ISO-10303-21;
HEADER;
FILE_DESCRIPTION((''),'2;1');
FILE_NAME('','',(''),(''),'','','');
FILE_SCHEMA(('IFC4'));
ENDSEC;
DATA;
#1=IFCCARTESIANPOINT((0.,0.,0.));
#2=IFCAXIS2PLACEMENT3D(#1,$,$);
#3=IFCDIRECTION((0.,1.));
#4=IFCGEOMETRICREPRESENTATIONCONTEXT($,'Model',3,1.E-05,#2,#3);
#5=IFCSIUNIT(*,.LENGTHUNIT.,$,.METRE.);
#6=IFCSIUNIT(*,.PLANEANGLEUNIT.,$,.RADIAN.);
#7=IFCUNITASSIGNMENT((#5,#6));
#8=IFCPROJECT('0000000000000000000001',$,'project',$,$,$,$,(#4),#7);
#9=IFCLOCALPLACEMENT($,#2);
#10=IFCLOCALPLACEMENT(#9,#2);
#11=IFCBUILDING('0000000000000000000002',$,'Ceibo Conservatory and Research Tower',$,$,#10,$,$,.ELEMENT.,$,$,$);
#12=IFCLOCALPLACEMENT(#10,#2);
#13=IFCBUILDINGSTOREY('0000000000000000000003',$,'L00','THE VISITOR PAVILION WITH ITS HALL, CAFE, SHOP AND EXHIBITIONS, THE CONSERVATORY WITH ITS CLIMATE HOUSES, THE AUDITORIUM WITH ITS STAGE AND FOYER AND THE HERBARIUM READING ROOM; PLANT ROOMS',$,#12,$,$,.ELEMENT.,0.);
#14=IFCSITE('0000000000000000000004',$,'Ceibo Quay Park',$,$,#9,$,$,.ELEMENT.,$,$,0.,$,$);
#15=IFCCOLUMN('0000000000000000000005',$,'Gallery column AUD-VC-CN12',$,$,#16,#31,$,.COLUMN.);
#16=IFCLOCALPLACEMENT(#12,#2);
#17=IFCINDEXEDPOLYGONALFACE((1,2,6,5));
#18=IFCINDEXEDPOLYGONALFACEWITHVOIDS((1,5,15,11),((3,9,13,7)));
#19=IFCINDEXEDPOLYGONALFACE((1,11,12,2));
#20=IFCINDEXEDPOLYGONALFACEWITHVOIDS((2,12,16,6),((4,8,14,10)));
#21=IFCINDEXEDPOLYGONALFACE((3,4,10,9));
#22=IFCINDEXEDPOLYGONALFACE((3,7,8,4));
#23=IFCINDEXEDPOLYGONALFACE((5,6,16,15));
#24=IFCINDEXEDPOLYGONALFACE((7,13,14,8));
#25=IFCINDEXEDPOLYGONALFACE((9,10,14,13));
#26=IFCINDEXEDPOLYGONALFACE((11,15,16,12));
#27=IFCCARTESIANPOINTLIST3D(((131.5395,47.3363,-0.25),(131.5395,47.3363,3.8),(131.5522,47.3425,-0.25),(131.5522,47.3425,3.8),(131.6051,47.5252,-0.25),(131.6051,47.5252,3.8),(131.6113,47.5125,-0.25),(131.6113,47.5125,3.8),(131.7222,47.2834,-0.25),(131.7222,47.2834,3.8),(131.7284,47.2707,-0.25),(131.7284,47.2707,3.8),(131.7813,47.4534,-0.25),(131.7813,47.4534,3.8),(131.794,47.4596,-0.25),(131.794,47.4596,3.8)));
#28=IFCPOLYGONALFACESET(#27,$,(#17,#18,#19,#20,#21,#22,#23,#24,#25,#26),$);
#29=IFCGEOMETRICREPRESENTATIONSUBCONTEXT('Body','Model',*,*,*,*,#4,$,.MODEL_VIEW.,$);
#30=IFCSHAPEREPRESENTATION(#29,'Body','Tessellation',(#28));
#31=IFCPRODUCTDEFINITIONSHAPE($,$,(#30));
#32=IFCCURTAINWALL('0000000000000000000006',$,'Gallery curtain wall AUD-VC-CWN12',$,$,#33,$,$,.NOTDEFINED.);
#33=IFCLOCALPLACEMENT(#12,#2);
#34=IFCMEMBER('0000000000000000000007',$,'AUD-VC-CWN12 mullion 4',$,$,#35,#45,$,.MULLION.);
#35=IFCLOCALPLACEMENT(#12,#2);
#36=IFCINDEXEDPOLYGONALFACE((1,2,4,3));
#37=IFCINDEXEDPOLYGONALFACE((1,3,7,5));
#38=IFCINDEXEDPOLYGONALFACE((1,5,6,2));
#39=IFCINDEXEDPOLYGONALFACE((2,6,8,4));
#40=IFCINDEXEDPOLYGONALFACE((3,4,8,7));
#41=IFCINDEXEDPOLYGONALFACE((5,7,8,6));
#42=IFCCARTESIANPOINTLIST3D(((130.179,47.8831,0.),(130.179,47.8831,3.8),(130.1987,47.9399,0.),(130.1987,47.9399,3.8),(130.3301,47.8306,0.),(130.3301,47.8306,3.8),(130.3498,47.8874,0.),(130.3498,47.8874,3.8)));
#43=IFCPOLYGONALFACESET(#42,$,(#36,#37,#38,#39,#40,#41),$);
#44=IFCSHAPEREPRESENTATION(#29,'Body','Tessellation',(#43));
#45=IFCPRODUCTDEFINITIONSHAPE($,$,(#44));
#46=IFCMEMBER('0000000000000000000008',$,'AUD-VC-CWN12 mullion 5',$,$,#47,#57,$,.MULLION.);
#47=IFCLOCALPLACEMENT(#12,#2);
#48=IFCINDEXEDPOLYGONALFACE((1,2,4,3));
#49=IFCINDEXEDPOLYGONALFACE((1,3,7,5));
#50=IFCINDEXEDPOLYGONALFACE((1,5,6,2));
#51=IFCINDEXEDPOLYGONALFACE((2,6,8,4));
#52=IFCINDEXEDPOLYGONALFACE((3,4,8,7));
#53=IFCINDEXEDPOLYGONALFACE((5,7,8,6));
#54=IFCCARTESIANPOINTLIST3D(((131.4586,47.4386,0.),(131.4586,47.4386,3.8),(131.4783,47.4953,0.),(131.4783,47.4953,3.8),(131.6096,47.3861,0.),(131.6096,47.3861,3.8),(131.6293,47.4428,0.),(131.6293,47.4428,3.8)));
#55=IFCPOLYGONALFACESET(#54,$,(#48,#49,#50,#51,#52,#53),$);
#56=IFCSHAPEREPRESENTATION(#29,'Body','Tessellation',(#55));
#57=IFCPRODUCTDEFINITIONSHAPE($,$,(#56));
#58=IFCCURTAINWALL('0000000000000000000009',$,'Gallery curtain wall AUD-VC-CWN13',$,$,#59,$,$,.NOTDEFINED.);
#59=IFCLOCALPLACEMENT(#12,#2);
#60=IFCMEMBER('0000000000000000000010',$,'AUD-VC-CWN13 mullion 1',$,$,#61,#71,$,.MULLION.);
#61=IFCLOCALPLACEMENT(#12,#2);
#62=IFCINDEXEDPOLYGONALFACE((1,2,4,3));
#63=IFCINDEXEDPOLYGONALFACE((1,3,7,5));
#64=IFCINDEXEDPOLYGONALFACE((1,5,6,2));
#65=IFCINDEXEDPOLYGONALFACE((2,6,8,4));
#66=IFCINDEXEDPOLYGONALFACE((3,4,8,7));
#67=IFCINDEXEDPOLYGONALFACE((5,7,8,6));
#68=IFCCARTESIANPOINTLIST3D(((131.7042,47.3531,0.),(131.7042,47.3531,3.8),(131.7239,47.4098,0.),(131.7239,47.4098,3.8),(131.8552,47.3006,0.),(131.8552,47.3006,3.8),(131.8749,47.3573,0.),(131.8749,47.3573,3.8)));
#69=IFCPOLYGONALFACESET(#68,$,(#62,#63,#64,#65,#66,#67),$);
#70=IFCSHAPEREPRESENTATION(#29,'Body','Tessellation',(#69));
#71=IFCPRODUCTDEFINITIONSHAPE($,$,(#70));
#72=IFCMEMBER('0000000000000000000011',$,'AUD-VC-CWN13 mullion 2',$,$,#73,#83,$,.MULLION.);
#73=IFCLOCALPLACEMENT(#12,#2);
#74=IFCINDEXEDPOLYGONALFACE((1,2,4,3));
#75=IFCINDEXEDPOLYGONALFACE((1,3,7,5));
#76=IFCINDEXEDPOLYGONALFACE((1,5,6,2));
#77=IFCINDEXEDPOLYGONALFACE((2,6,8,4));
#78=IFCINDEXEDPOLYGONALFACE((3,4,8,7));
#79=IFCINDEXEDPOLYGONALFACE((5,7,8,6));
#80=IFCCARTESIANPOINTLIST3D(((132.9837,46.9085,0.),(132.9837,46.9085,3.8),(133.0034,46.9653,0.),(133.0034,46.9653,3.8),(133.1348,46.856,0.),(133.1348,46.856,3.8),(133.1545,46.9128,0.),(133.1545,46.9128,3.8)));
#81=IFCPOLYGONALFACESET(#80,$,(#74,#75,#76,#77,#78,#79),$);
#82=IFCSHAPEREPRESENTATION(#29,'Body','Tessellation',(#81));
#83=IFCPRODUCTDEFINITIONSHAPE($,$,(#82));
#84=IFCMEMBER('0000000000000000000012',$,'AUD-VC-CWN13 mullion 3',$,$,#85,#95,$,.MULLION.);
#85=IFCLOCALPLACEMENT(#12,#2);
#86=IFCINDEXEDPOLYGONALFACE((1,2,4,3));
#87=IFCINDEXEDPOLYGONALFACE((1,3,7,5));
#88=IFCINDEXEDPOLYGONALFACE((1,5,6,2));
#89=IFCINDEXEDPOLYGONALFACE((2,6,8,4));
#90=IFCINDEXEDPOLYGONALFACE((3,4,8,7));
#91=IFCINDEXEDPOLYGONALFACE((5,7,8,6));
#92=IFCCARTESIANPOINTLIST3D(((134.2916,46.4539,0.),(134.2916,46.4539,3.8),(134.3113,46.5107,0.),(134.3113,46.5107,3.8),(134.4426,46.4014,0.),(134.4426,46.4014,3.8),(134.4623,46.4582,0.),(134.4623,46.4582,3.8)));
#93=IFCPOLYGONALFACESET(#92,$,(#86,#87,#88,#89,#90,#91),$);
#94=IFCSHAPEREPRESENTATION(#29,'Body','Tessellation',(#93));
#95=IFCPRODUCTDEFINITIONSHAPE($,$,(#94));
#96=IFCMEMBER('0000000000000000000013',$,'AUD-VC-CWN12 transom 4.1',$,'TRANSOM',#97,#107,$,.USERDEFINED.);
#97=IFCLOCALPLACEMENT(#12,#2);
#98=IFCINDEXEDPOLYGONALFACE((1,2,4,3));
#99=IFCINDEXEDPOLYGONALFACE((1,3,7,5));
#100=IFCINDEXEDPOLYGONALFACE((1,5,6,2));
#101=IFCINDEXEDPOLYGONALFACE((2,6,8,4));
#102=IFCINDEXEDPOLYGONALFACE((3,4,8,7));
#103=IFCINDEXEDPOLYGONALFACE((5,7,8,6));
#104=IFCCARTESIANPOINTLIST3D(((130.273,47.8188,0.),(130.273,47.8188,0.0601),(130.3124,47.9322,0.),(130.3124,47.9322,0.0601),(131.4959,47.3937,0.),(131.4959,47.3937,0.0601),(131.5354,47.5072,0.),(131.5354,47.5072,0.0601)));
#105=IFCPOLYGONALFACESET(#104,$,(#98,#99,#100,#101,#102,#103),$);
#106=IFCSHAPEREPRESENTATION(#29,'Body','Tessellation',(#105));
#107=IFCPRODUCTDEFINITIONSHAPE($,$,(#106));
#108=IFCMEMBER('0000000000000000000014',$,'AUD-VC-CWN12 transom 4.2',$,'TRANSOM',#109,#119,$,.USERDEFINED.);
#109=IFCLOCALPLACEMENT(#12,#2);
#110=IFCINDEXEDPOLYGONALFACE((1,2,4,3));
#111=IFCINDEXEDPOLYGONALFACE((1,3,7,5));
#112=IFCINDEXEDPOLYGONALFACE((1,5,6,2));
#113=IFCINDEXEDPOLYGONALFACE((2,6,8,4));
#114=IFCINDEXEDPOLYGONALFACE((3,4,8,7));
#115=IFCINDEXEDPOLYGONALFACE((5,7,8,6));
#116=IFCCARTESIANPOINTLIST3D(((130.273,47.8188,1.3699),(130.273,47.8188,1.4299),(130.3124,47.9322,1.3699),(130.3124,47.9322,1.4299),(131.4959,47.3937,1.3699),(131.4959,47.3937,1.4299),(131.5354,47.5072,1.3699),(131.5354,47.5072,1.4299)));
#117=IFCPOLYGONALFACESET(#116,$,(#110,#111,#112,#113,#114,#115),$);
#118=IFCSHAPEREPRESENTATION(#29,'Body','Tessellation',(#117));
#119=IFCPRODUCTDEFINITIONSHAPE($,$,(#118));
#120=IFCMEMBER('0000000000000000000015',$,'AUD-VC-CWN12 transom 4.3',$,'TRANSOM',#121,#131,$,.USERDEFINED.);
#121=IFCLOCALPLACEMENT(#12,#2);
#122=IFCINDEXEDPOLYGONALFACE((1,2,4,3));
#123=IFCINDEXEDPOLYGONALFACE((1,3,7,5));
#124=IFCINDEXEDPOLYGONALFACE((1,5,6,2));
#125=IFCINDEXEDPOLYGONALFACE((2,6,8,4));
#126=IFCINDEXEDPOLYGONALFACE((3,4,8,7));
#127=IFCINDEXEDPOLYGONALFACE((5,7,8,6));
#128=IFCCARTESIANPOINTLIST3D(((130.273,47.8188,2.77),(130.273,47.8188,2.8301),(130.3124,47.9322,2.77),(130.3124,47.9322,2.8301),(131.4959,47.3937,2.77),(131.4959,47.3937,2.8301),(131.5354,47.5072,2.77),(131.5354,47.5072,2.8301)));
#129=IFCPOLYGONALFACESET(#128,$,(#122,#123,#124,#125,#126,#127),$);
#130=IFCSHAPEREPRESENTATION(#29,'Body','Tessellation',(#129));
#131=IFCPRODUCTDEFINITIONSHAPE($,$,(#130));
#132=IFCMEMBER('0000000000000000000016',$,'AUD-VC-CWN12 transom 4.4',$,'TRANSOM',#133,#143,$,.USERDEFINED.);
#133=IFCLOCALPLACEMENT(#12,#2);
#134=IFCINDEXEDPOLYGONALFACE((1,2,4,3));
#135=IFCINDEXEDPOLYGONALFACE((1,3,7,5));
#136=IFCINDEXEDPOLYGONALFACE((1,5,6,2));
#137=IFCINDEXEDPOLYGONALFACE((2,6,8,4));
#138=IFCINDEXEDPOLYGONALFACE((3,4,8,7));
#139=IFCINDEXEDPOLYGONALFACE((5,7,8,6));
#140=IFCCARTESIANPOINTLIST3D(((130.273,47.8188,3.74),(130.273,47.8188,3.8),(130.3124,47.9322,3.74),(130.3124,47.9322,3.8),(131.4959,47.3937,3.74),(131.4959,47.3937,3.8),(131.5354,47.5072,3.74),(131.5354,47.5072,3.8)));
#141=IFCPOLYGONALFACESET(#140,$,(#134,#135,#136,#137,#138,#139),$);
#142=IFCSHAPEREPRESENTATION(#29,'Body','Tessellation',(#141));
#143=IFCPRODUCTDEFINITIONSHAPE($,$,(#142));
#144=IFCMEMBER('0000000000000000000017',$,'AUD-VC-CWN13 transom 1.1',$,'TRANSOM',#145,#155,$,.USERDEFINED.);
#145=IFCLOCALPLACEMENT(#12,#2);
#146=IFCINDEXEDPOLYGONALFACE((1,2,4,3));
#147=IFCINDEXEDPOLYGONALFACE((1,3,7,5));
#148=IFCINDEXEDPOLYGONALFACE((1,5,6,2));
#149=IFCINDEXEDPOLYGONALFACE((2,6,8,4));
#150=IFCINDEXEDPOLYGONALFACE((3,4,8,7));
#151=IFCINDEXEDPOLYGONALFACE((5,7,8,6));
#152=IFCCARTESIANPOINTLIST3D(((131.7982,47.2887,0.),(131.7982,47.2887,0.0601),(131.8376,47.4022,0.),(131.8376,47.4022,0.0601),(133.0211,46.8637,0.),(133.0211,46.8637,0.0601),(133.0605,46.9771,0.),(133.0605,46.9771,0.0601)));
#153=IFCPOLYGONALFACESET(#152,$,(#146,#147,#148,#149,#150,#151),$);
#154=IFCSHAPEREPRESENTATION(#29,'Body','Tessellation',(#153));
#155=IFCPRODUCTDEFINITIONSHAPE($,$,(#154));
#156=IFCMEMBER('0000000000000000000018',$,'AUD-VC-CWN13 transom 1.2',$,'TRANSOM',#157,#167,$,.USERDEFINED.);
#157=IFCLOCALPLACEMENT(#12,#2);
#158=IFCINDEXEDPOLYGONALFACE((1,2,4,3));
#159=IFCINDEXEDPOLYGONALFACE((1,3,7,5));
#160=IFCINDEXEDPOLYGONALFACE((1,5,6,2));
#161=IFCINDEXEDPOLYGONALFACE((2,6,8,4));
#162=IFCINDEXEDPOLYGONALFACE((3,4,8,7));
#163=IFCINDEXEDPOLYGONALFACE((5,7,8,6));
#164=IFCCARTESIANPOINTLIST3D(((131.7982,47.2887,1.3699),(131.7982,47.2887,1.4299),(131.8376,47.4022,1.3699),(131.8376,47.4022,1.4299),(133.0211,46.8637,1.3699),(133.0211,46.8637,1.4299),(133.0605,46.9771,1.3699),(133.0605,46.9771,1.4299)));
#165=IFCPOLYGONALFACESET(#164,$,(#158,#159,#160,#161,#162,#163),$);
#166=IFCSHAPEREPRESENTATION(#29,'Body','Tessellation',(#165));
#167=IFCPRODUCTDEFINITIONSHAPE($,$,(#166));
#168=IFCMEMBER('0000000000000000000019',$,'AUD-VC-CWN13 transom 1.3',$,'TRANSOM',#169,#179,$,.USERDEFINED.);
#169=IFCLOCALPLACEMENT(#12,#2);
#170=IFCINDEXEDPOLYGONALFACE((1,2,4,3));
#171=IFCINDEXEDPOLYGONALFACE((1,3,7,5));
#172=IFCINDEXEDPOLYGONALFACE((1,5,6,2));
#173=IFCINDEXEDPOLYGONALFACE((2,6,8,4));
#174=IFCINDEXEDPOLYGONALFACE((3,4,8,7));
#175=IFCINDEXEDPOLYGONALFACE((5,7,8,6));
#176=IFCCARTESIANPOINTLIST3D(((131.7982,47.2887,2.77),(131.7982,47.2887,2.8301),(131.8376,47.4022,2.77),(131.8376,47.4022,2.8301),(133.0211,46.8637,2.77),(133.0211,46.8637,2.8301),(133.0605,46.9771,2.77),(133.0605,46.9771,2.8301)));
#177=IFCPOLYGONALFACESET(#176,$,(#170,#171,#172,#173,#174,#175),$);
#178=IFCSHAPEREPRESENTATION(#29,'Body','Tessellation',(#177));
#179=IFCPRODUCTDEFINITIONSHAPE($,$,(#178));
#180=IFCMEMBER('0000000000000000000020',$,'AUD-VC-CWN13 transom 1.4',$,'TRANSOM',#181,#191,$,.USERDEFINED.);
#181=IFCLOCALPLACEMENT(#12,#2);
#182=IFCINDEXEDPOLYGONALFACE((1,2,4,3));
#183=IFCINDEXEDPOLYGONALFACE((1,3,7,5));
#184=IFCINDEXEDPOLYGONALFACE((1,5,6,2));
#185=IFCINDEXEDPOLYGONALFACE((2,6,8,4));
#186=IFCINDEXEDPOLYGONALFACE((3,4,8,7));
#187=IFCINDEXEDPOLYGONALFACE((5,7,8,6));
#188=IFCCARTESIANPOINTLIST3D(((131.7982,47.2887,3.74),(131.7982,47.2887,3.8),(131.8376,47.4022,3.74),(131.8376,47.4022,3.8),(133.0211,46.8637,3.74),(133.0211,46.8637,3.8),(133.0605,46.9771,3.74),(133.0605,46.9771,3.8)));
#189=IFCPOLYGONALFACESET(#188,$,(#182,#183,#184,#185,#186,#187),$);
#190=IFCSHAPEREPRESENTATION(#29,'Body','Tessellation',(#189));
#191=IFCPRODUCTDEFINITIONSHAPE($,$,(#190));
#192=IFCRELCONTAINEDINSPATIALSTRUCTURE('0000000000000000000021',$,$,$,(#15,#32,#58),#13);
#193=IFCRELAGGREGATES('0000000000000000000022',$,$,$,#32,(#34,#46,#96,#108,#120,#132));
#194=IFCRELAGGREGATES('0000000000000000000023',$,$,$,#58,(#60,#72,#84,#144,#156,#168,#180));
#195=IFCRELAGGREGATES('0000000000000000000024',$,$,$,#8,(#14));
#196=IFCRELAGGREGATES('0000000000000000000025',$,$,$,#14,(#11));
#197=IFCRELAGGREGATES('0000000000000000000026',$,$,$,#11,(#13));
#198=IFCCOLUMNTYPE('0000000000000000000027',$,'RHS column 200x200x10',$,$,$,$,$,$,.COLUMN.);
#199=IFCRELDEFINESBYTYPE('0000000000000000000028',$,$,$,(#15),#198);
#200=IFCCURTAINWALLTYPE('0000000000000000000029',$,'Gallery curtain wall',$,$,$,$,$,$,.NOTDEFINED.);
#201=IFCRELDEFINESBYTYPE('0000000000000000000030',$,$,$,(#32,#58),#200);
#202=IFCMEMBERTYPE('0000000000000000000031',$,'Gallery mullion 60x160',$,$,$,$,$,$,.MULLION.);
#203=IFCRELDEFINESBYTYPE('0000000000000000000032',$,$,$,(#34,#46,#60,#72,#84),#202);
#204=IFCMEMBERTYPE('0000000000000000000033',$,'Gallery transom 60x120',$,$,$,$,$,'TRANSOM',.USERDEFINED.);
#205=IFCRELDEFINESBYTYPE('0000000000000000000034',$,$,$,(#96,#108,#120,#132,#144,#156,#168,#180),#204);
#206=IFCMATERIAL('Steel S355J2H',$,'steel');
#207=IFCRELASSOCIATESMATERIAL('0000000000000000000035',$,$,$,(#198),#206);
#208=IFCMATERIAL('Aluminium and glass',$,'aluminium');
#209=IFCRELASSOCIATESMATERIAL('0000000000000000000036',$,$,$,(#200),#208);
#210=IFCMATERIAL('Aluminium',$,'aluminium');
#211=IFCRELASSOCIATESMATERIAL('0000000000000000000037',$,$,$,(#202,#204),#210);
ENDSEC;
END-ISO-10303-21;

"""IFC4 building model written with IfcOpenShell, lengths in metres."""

from ifc_helpers import new_model, si_unit, direction, frame, origin, origin_2d, place, context, subcontext, project, spatial, rectangle, hollow_rectangle, extrude, material, material_profile, profile_set, type_object, element, aggregate, save


model = new_model("IFC4")

# Units and contexts
model_context = context("Model", 3, precision=1e-05, world=origin(), true_north=direction((0.0, 1.0)))
body_context = subcontext(model_context, "Body", "Model", "MODEL_VIEW")
ifc_project = project(units=[si_unit("LENGTHUNIT", "METRE"), si_unit("PLANEANGLEUNIT", "RADIAN")], contexts=[model_context])

# Site, building, storey
site_placement = place(None, origin())
site = spatial("IfcSite", under=ifc_project, at=site_placement, Name="Ceibo Quay Park", CompositionType="ELEMENT", RefElevation=0.0)
building_placement = place(site_placement, origin())
building = spatial("IfcBuilding", under=site, at=building_placement, Name="Ceibo Conservatory and Research Tower", CompositionType="ELEMENT")
storey_placement = place(building_placement, origin())
storey = spatial("IfcBuildingStorey", under=building, at=storey_placement, Name="L00", Description="THE VISITOR PAVILION WITH ITS HALL, CAFE, SHOP AND EXHIBITIONS, THE CONSERVATORY WITH ITS CLIMATE HOUSES, THE AUDITORIUM WITH ITS STAGE AND FOYER AND THE HERBARIUM READING ROOM; PLANT ROOMS", CompositionType="ELEMENT", Elevation=0.0)

# Column
ifc_material_1 = material(Name="Steel S355J2H", Category="steel")
ifc_material_profile_1 = material_profile(ifc_material_1, hollow_rectangle(XDim=0.2, YDim=0.2, WallThickness=0.01, at=origin_2d()), Name="RHS column 200x200x10")
ifc_profile_set_1 = profile_set([ifc_material_profile_1], Name="Steel S355J2H")
column_type = type_object("IfcColumnType", Name="RHS column 200x200x10", PredefinedType="COLUMN", material=ifc_profile_set_1)
column_placement = place(storey_placement, frame((131.6667, 47.3979, -0.25), z_axis=(0.0, 0.0, 1.0), x_axis=(0.944579, -0.328284, 0.0)))
element("IfcColumn", 1, at=column_placement, inside=storey, type_object=column_type, Name="Gallery column AUD-VC-CN12", PredefinedType="COLUMN", context=body_context, shape_type="SweptSolid", body=[
    extrude(hollow_rectangle(XDim=0.2, YDim=0.2, WallThickness=0.01, at=origin_2d()), origin(), (0.0, 0.0, 1.0), 4.05),
])

# Curtain walls, members
ifc_material_2 = material(Name="Aluminium and glass", Category="aluminium")
curtain_wall_type = type_object("IfcCurtainWallType", Name="Gallery curtain wall", PredefinedType="NOTDEFINED", material=ifc_material_2)
curtain_wall_1_placement = place(storey_placement, origin())
curtain_wall_1 = element("IfcCurtainWall", 2, at=curtain_wall_1_placement, inside=storey, type_object=curtain_wall_type, Name="Gallery curtain wall AUD-VC-CWN12", PredefinedType="NOTDEFINED")
ifc_material_3 = material(Name="Aluminium", Category="aluminium")
ifc_material_profile_2 = material_profile(ifc_material_3, rectangle(XDim=0.0601, YDim=0.1599, at=origin_2d()), Name="AL 60x160")
ifc_profile_set_2 = profile_set([ifc_material_profile_2], Name="Aluminium")
member_type_1 = type_object("IfcMemberType", Name="Gallery mullion 60x160", PredefinedType="MULLION", material=ifc_profile_set_2)
member_1_placement = place(storey_placement, frame((130.2644, 47.8853, 0.0), z_axis=(0.0, 0.0, 1.0), x_axis=(0.328284, 0.944579, 0.0)))
member_1 = element("IfcMember", 3, at=member_1_placement, type_object=member_type_1, Name="AUD-VC-CWN12 mullion 4", PredefinedType="MULLION", context=body_context, shape_type="SweptSolid", body=[
    extrude(rectangle(XDim=0.0601, YDim=0.1599, at=origin_2d()), origin(), (0.0, 0.0, 1.0), 3.8),
])
member_2_placement = place(storey_placement, frame((131.5439, 47.4407, 0.0), z_axis=(0.0, 0.0, 1.0), x_axis=(0.328284, 0.944579, 0.0)))
member_2 = element("IfcMember", 4, at=member_2_placement, type_object=member_type_1, Name="AUD-VC-CWN12 mullion 5", PredefinedType="MULLION", context=body_context, shape_type="SweptSolid", body=[
    extrude(rectangle(XDim=0.0601, YDim=0.1599, at=origin_2d()), origin(), (0.0, 0.0, 1.0), 3.8),
])
curtain_wall_2_placement = place(storey_placement, origin())
curtain_wall_2 = element("IfcCurtainWall", 5, at=curtain_wall_2_placement, inside=storey, type_object=curtain_wall_type, Name="Gallery curtain wall AUD-VC-CWN13", PredefinedType="NOTDEFINED")
member_3_placement = place(storey_placement, frame((131.7896, 47.3552, 0.0), z_axis=(0.0, 0.0, 1.0), x_axis=(0.328284, 0.944579, 0.0)))
member_3 = element("IfcMember", 6, at=member_3_placement, type_object=member_type_1, Name="AUD-VC-CWN13 mullion 1", PredefinedType="MULLION", context=body_context, shape_type="SweptSolid", body=[
    extrude(rectangle(XDim=0.0601, YDim=0.1599, at=origin_2d()), origin(), (0.0, 0.0, 1.0), 3.8),
])
member_4_placement = place(storey_placement, frame((133.0691, 46.9106, 0.0), z_axis=(0.0, 0.0, 1.0), x_axis=(0.328284, 0.944579, 0.0)))
member_4 = element("IfcMember", 7, at=member_4_placement, type_object=member_type_1, Name="AUD-VC-CWN13 mullion 2", PredefinedType="MULLION", context=body_context, shape_type="SweptSolid", body=[
    extrude(rectangle(XDim=0.0601, YDim=0.1599, at=origin_2d()), origin(), (0.0, 0.0, 1.0), 3.8),
])
member_5_placement = place(storey_placement, frame((134.377, 46.4561, 0.0), z_axis=(0.0, 0.0, 1.0), x_axis=(0.328284, 0.944579, 0.0)))
member_5 = element("IfcMember", 8, at=member_5_placement, type_object=member_type_1, Name="AUD-VC-CWN13 mullion 3", PredefinedType="MULLION", context=body_context, shape_type="SweptSolid", body=[
    extrude(rectangle(XDim=0.0601, YDim=0.1599, at=origin_2d()), origin(), (0.0, 0.0, 1.0), 3.8),
])

# Members
ifc_material_profile_3 = material_profile(ifc_material_3, rectangle(XDim=0.1201, YDim=0.0601, at=origin_2d()), Name="AL 60x120")
ifc_profile_set_3 = profile_set([ifc_material_profile_3], Name="Aluminium")
member_type_2 = type_object("IfcMemberType", Name="Gallery transom 60x120", ElementType="TRANSOM", PredefinedType="USERDEFINED", material=ifc_profile_set_3)
member_6_placement = place(storey_placement, frame((130.2927, 47.8755, 0.03), z_axis=(0.944571, -0.328309, 0.0), x_axis=(0.328309, 0.944571, 0.0)))
member_6 = element("IfcMember", 9, at=member_6_placement, type_object=member_type_2, Name="AUD-VC-CWN12 transom 4.1", ObjectType="TRANSOM", PredefinedType="USERDEFINED", context=body_context, shape_type="SweptSolid", body=[
    extrude(rectangle(XDim=0.1201, YDim=0.0601, at=origin_2d()), origin(), (0.0, 0.0, 1.0), 1.2947),
])
member_7_placement = place(storey_placement, frame((130.2927, 47.8755, 1.3999), z_axis=(0.944571, -0.328309, 0.0), x_axis=(0.328309, 0.944571, 0.0)))
member_7 = element("IfcMember", 10, at=member_7_placement, type_object=member_type_2, Name="AUD-VC-CWN12 transom 4.2", ObjectType="TRANSOM", PredefinedType="USERDEFINED", context=body_context, shape_type="SweptSolid", body=[
    extrude(rectangle(XDim=0.1201, YDim=0.0601, at=origin_2d()), origin(), (0.0, 0.0, 1.0), 1.2947),
])
member_8_placement = place(storey_placement, frame((130.2927, 47.8755, 2.8), z_axis=(0.944571, -0.328309, 0.0), x_axis=(0.328309, 0.944571, 0.0)))
member_8 = element("IfcMember", 11, at=member_8_placement, type_object=member_type_2, Name="AUD-VC-CWN12 transom 4.3", ObjectType="TRANSOM", PredefinedType="USERDEFINED", context=body_context, shape_type="SweptSolid", body=[
    extrude(rectangle(XDim=0.1201, YDim=0.0601, at=origin_2d()), origin(), (0.0, 0.0, 1.0), 1.2947),
])
member_9_placement = place(storey_placement, frame((130.2927, 47.8755, 3.77), z_axis=(0.944571, -0.328309, 0.0), x_axis=(0.328309, 0.944571, 0.0)))
member_9 = element("IfcMember", 12, at=member_9_placement, type_object=member_type_2, Name="AUD-VC-CWN12 transom 4.4", ObjectType="TRANSOM", PredefinedType="USERDEFINED", context=body_context, shape_type="SweptSolid", body=[
    extrude(rectangle(XDim=0.1201, YDim=0.0601, at=origin_2d()), origin(), (0.0, 0.0, 1.0), 1.2947),
])
member_10_placement = place(storey_placement, frame((131.8179, 47.3455, 0.03), z_axis=(0.944571, -0.328309, 0.0), x_axis=(0.328309, 0.944571, 0.0)))
member_10 = element("IfcMember", 13, at=member_10_placement, type_object=member_type_2, Name="AUD-VC-CWN13 transom 1.1", ObjectType="TRANSOM", PredefinedType="USERDEFINED", context=body_context, shape_type="SweptSolid", body=[
    extrude(rectangle(XDim=0.1201, YDim=0.0601, at=origin_2d()), origin(), (0.0, 0.0, 1.0), 1.2947),
])
member_11_placement = place(storey_placement, frame((131.8179, 47.3455, 1.3999), z_axis=(0.944571, -0.328309, 0.0), x_axis=(0.328309, 0.944571, 0.0)))
member_11 = element("IfcMember", 14, at=member_11_placement, type_object=member_type_2, Name="AUD-VC-CWN13 transom 1.2", ObjectType="TRANSOM", PredefinedType="USERDEFINED", context=body_context, shape_type="SweptSolid", body=[
    extrude(rectangle(XDim=0.1201, YDim=0.0601, at=origin_2d()), origin(), (0.0, 0.0, 1.0), 1.2947),
])
member_12_placement = place(storey_placement, frame((131.8179, 47.3455, 2.8), z_axis=(0.944571, -0.328309, 0.0), x_axis=(0.328309, 0.944571, 0.0)))
member_12 = element("IfcMember", 15, at=member_12_placement, type_object=member_type_2, Name="AUD-VC-CWN13 transom 1.3", ObjectType="TRANSOM", PredefinedType="USERDEFINED", context=body_context, shape_type="SweptSolid", body=[
    extrude(rectangle(XDim=0.1201, YDim=0.0601, at=origin_2d()), origin(), (0.0, 0.0, 1.0), 1.2947),
])
member_13_placement = place(storey_placement, frame((131.8179, 47.3455, 3.77), z_axis=(0.944571, -0.328309, 0.0), x_axis=(0.328309, 0.944571, 0.0)))
member_13 = element("IfcMember", 16, at=member_13_placement, type_object=member_type_2, Name="AUD-VC-CWN13 transom 1.4", ObjectType="TRANSOM", PredefinedType="USERDEFINED", context=body_context, shape_type="SweptSolid", body=[
    extrude(rectangle(XDim=0.1201, YDim=0.0601, at=origin_2d()), origin(), (0.0, 0.0, 1.0), 1.2947),
])

aggregate(curtain_wall_1, [member_1, member_2, member_6, member_7, member_8, member_9])
aggregate(curtain_wall_2, [member_3, member_4, member_5, member_10, member_11, member_12, member_13])

save(model, "model.ifc")
